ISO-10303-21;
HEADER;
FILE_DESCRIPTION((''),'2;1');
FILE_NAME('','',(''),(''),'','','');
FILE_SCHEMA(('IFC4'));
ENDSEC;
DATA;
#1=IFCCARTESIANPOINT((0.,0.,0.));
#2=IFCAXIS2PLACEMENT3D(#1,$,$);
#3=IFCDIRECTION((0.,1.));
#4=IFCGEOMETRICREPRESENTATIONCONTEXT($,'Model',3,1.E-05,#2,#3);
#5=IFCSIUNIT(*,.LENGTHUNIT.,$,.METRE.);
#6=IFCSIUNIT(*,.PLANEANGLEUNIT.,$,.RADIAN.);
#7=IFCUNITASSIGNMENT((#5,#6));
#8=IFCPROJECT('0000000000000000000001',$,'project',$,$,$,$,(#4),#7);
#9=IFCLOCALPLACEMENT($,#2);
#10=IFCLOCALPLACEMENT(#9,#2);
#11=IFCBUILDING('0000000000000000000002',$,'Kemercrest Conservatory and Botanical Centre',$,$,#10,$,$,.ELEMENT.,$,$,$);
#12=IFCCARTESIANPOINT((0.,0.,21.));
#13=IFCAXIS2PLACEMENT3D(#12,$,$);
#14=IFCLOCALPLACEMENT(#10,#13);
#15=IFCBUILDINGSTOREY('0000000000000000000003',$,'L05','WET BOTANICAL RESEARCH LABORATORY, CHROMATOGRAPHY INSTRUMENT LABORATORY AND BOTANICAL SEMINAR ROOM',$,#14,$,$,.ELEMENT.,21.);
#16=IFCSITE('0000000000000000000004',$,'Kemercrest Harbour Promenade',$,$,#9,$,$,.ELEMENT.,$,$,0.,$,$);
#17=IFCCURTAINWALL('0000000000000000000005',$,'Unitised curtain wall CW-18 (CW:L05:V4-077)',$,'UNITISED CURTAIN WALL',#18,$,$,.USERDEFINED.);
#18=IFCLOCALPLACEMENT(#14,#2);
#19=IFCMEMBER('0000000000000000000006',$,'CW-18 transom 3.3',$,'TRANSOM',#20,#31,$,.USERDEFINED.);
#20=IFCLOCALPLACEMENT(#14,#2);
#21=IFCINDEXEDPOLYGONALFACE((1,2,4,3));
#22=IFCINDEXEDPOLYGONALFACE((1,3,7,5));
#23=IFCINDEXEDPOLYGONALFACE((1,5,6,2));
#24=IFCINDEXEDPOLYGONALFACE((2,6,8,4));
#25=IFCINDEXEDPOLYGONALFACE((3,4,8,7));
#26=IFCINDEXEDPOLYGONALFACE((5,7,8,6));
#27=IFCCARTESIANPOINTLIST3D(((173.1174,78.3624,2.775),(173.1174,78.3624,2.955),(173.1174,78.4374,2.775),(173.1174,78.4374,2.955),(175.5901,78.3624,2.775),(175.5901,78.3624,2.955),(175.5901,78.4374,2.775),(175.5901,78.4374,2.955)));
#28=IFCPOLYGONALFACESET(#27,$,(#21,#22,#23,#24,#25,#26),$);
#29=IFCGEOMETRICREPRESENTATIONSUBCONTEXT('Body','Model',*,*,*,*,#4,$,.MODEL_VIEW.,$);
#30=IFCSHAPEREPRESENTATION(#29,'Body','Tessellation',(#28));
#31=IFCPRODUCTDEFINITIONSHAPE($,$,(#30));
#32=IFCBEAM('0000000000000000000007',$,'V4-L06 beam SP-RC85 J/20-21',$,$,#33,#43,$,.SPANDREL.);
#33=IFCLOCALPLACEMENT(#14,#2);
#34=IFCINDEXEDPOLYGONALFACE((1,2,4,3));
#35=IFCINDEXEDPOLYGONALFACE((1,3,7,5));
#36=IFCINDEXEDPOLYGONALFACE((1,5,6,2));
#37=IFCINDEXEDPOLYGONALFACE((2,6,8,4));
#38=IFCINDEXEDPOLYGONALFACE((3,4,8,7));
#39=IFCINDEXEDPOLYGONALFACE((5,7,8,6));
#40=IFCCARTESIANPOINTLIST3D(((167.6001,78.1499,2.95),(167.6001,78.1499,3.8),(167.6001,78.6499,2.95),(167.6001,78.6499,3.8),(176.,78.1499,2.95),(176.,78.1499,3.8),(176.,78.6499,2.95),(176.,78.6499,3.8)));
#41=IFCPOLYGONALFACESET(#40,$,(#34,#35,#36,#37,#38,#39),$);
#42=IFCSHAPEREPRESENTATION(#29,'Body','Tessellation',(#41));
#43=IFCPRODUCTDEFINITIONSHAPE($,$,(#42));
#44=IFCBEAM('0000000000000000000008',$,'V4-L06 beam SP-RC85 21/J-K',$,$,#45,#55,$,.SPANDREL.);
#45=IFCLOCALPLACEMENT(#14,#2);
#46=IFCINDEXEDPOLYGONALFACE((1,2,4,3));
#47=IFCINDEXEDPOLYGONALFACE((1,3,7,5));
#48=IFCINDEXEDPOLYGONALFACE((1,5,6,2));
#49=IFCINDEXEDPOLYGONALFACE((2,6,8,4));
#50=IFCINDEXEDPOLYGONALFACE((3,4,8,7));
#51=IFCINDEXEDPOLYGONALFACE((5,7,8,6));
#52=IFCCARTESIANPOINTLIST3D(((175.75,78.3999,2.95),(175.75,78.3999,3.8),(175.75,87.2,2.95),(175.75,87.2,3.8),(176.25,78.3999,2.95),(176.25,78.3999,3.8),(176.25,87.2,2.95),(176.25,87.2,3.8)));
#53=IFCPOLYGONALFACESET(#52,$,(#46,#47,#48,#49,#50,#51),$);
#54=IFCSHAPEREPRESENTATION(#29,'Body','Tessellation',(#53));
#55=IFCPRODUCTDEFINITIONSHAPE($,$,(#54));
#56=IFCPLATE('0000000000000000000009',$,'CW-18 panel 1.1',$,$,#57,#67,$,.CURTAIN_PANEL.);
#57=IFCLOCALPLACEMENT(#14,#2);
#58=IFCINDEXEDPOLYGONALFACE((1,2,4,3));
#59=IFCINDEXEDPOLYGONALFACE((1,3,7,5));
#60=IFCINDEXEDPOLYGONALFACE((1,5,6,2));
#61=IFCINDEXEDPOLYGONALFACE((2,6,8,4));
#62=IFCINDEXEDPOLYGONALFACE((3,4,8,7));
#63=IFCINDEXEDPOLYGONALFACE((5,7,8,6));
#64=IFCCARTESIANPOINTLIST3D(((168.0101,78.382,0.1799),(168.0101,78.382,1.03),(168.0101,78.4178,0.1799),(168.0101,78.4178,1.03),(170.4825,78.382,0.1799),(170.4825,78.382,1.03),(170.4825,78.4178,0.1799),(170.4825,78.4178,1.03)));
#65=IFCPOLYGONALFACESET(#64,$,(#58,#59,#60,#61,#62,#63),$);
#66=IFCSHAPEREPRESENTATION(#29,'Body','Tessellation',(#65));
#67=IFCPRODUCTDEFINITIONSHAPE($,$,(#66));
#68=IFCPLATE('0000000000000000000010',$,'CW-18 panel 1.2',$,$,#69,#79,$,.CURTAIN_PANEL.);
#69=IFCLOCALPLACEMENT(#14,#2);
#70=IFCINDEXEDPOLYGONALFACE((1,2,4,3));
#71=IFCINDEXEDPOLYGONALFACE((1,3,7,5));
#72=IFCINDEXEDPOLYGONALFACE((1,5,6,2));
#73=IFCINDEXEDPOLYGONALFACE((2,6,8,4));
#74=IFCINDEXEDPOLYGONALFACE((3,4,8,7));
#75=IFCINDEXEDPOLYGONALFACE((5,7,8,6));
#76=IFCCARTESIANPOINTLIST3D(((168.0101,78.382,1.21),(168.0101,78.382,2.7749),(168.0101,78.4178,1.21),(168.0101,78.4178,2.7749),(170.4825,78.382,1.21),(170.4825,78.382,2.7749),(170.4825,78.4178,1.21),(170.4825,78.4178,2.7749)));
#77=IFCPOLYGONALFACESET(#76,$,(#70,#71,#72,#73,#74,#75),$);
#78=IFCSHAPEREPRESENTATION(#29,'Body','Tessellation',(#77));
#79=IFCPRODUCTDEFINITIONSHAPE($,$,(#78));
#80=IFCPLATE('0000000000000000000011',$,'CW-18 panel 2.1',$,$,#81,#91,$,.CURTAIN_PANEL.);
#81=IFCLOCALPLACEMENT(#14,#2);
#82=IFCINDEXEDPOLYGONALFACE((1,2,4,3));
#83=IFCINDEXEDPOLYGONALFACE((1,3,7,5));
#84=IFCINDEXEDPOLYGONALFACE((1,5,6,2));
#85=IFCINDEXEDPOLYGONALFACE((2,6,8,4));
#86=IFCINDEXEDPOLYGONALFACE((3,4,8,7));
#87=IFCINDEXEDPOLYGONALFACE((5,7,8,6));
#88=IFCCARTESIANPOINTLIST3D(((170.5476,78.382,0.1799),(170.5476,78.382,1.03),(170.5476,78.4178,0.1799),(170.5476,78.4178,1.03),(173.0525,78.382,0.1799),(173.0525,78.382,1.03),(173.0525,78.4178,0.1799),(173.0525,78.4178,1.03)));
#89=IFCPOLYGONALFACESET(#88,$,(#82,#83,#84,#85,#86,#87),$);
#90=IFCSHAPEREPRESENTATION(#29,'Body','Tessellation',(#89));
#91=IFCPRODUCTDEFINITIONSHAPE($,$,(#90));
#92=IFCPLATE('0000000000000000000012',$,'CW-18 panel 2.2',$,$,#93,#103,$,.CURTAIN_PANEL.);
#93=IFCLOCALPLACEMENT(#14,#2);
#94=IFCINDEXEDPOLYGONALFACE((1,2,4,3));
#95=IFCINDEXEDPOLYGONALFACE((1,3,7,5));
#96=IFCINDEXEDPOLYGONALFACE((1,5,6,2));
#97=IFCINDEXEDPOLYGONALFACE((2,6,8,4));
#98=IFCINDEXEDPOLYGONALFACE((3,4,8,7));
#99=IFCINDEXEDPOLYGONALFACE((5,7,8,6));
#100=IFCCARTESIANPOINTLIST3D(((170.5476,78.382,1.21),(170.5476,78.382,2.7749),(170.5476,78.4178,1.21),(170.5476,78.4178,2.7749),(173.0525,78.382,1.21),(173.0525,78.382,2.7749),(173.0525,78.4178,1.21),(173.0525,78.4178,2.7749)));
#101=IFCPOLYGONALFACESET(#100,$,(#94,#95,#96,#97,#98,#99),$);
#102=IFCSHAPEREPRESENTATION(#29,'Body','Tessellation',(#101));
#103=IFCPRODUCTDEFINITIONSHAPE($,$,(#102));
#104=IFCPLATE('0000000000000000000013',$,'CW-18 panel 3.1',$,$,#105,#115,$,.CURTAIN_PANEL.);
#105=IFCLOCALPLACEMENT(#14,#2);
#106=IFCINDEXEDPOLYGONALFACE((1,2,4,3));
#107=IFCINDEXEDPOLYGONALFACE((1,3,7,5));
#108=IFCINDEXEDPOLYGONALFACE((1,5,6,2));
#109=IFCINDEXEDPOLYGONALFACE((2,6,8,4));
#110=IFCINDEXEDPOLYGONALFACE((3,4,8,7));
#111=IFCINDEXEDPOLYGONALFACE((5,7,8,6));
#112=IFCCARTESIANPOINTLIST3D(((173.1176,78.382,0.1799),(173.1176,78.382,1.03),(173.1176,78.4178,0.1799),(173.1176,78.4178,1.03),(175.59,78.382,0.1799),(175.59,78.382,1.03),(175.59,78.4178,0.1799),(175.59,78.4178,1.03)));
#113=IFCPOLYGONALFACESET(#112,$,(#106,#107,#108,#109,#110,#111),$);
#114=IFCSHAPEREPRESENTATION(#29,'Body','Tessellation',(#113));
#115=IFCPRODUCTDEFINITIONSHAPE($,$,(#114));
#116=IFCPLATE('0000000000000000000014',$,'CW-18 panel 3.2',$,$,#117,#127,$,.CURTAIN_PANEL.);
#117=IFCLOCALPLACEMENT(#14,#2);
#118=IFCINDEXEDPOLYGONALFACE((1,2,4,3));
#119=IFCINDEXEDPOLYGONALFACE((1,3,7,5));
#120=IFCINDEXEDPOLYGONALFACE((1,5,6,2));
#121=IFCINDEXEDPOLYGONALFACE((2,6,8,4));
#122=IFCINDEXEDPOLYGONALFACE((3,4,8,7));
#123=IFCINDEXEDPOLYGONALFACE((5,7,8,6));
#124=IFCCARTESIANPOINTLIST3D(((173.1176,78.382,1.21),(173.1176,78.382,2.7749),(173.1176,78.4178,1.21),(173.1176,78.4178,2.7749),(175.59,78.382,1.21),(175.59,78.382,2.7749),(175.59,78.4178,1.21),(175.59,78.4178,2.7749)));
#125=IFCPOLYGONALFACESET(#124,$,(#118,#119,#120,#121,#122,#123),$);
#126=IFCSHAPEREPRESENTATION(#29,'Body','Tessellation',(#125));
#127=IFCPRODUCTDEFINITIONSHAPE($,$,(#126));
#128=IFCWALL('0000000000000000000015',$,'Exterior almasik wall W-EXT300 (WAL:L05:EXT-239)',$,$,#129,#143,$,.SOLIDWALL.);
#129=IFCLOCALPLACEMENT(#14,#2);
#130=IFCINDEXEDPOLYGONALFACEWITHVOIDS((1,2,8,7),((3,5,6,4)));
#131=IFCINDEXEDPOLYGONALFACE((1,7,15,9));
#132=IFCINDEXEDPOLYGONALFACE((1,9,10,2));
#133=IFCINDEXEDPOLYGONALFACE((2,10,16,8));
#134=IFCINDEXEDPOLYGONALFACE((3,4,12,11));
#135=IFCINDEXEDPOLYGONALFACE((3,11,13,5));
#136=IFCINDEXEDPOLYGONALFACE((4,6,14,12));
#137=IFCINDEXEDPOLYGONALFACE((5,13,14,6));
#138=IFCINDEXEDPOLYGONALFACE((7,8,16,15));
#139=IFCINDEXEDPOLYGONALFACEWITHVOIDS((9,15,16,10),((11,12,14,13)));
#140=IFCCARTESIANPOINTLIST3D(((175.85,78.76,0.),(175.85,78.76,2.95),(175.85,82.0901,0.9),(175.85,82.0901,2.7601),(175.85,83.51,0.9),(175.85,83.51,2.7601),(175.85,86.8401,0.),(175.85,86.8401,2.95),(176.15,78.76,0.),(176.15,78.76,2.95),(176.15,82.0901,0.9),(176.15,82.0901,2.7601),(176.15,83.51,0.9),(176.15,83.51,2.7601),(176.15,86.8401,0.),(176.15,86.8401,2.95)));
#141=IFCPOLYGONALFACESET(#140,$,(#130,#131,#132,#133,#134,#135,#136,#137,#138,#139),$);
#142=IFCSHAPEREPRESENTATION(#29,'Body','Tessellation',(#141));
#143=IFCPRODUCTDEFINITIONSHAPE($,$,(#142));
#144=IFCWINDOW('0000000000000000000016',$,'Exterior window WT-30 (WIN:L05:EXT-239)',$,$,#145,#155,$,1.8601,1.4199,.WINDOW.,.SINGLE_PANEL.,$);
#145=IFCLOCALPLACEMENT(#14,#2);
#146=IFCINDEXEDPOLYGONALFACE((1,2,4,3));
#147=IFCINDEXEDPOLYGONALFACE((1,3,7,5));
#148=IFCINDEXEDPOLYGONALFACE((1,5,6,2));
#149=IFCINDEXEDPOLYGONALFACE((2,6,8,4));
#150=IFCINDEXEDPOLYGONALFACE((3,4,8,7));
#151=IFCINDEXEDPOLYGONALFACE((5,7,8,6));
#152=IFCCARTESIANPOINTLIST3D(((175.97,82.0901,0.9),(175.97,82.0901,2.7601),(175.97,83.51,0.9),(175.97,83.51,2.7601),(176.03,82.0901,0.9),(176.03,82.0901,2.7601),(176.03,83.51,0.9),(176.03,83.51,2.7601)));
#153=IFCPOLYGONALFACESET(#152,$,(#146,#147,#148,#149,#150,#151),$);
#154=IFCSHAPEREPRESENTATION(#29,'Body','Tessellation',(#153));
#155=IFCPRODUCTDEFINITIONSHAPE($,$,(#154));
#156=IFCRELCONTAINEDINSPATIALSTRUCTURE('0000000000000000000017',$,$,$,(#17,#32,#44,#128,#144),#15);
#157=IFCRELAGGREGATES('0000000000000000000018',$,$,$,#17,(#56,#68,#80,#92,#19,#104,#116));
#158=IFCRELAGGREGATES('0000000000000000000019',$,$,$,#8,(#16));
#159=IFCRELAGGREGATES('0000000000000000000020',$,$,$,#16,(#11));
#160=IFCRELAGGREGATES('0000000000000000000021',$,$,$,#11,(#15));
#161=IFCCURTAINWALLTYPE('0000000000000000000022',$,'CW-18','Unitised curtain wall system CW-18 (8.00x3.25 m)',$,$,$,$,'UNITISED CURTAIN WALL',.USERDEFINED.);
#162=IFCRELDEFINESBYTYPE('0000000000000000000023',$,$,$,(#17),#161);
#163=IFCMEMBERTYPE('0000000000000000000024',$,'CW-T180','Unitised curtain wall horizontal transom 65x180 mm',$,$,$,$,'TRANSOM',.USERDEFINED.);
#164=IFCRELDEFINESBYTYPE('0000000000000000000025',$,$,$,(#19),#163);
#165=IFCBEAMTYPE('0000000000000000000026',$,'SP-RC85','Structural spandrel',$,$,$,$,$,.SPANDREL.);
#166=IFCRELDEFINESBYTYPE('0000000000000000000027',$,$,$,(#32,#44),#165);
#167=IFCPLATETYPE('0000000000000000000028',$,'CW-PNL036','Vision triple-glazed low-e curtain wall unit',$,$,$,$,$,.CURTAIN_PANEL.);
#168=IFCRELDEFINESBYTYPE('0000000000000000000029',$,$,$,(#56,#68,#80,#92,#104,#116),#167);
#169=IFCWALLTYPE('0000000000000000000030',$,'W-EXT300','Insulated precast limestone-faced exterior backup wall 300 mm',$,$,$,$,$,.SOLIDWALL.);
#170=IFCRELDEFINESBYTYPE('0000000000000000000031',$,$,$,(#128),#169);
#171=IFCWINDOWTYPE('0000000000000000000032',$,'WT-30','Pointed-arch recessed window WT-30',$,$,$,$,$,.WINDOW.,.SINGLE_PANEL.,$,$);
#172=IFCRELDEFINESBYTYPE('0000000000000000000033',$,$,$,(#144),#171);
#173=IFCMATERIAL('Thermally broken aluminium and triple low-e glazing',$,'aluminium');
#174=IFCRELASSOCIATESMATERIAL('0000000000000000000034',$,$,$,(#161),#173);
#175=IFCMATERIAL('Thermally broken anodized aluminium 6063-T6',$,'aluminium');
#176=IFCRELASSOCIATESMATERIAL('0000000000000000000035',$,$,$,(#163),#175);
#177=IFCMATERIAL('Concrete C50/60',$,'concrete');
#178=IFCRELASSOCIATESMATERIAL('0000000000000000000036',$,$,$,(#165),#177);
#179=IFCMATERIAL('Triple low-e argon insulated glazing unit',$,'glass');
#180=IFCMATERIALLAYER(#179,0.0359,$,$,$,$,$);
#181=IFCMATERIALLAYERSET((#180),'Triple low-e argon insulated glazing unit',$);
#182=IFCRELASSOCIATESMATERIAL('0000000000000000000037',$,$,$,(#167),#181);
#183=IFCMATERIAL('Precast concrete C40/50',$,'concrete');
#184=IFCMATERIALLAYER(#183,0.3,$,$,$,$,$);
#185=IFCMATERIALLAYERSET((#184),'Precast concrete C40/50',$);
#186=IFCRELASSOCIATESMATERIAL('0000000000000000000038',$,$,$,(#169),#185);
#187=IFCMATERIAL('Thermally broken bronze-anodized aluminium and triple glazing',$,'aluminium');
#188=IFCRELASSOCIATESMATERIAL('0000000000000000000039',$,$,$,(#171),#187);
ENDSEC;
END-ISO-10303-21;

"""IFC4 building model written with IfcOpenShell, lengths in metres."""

from ifc_helpers import new_model, si_unit, direction, frame, frame_2d, origin, origin_2d, place, context, subcontext, project, spatial, rectangle, extrude, material, layer, layer_set, material_profile, profile_set, type_object, element, fill, aggregate, save


model = new_model("IFC4")

# Units and contexts
model_context = context("Model", 3, precision=1e-05, world=origin(), true_north=direction((0.0, 1.0)))
body_context = subcontext(model_context, "Body", "Model", "MODEL_VIEW")
ifc_project = project(units=[si_unit("LENGTHUNIT", "METRE"), si_unit("PLANEANGLEUNIT", "RADIAN")], contexts=[model_context])

# Site, building, storey
site_placement = place(None, origin())
site = spatial("IfcSite", under=ifc_project, at=site_placement, Name="Kemercrest Harbour Promenade", CompositionType="ELEMENT", RefElevation=0.0)
building_placement = place(site_placement, origin())
building = spatial("IfcBuilding", under=site, at=building_placement, Name="Kemercrest Conservatory and Botanical Centre", CompositionType="ELEMENT")
storey_placement = place(building_placement, frame((0.0, 0.0, 21.0)))
storey = spatial("IfcBuildingStorey", under=building, at=storey_placement, Name="L05", Description="WET BOTANICAL RESEARCH LABORATORY, CHROMATOGRAPHY INSTRUMENT LABORATORY AND BOTANICAL SEMINAR ROOM", CompositionType="ELEMENT", Elevation=21.0)

# Shared definitions
ifc_material_1 = material(Name="Concrete C50/60", Category="concrete")

# Curtain wall, member
ifc_material_2 = material(Name="Thermally broken aluminium and triple low-e glazing", Category="aluminium")
curtain_wall_type = type_object("IfcCurtainWallType", Name="CW-18", Description="Unitised curtain wall system CW-18 (8.00x3.25 m)", ElementType="UNITISED CURTAIN WALL", PredefinedType="USERDEFINED", material=ifc_material_2)
curtain_wall_placement = place(storey_placement, origin())
curtain_wall = element("IfcCurtainWall", 1, at=curtain_wall_placement, inside=storey, type_object=curtain_wall_type, Name="Unitised curtain wall CW-18 (CW:L05:V4-077)", ObjectType="UNITISED CURTAIN WALL", PredefinedType="USERDEFINED")
ifc_material_3 = material(Name="Thermally broken anodized aluminium 6063-T6", Category="aluminium")
ifc_material_profile_1 = material_profile(ifc_material_3, rectangle(XDim=0.075, YDim=0.1799, at=origin_2d()), Name="AL TRANSOM 75x180")
ifc_profile_set_1 = profile_set([ifc_material_profile_1], Name="Thermally broken anodized aluminium 6063-T6")
member_type_1 = type_object("IfcMemberType", Name="CW-T180", Description="Unitised curtain wall horizontal transom 65x180 mm", ElementType="TRANSOM", PredefinedType="USERDEFINED", material=ifc_profile_set_1)
member_1_placement = place(storey_placement, frame((173.1174, 78.3999, 2.865), z_axis=(1.0, 0.0, 0.0), x_axis=(0.0, 1.0, 0.0)))
member_1 = element("IfcMember", 2, at=member_1_placement, type_object=member_type_1, Name="CW-18 transom 3.3", ObjectType="TRANSOM", PredefinedType="USERDEFINED", context=body_context, shape_type="SweptSolid", body=[
    extrude(rectangle(XDim=0.075, YDim=0.1799, at=origin_2d()), origin(), (0.0, 0.0, 1.0), 2.4727),
])

# Beams
ifc_material_profile_2 = material_profile(ifc_material_1, rectangle(XDim=0.5, YDim=0.8501, at=origin_2d()), Name="RC 500x850")
ifc_profile_set_2 = profile_set([ifc_material_profile_2], Name="Concrete C50/60")
beam_type_1 = type_object("IfcBeamType", Name="SP-RC85", Description="Structural spandrel", PredefinedType="SPANDREL", material=ifc_profile_set_2)
beam_1_placement = place(storey_placement, frame((167.6001, 78.3999, 3.375), z_axis=(1.0, 0.0, 0.0), x_axis=(0.0, 1.0, 0.0)))
element("IfcBeam", 3, at=beam_1_placement, inside=storey, type_object=beam_type_1, Name="V4-L06 beam SP-RC85 J/20-21", PredefinedType="SPANDREL", context=body_context, shape_type="SweptSolid", body=[
    extrude(rectangle(XDim=0.5, YDim=0.8501, at=origin_2d()), origin(), (0.0, 0.0, 1.0), 8.3999),
])
beam_2_placement = place(storey_placement, frame((176.0, 78.3999, 3.375), z_axis=(0.0, 1.0, 0.0), x_axis=(-1.0, 0.0, 0.0)))
element("IfcBeam", 4, at=beam_2_placement, inside=storey, type_object=beam_type_1, Name="V4-L06 beam SP-RC85 21/J-K", PredefinedType="SPANDREL", context=body_context, shape_type="SweptSolid", body=[
    extrude(rectangle(XDim=0.5, YDim=0.8501, at=origin_2d()), origin(), (0.0, 0.0, 1.0), 8.8),
])

# Plates
ifc_material_4 = material(Name="Triple low-e argon insulated glazing unit", Category="glass")
ifc_layer_1 = layer(ifc_material_4, 0.0359)
ifc_layer_set_1 = layer_set([ifc_layer_1], Name="Triple low-e argon insulated glazing unit")
plate_type = type_object("IfcPlateType", Name="CW-PNL036", Description="Vision triple-glazed low-e curtain wall unit", PredefinedType="CURTAIN_PANEL", material=ifc_layer_set_1)
plate_1_placement = place(storey_placement, frame((169.2463, 78.3999, 0.1799), z_axis=(0.0, 0.0, 1.0), x_axis=(1.0, 0.0, 0.0)))
plate_1 = element("IfcPlate", 5, at=plate_1_placement, type_object=plate_type, Name="CW-18 panel 1.1", PredefinedType="CURTAIN_PANEL", context=body_context, shape_type="SweptSolid", body=[
    extrude(rectangle(XDim=2.4724, YDim=0.0359, at=origin_2d()), origin(), (0.0, 0.0, 1.0), 0.8501),
])
plate_2_placement = place(storey_placement, frame((169.2463, 78.3999, 1.21), z_axis=(0.0, 0.0, 1.0), x_axis=(1.0, 0.0, 0.0)))
plate_2 = element("IfcPlate", 6, at=plate_2_placement, type_object=plate_type, Name="CW-18 panel 1.2", PredefinedType="CURTAIN_PANEL", context=body_context, shape_type="SweptSolid", body=[
    extrude(rectangle(XDim=2.4724, YDim=0.0359, at=origin_2d()), origin(), (0.0, 0.0, 1.0), 1.5649),
])
plate_3_placement = place(storey_placement, frame((171.8, 78.3999, 0.1799), z_axis=(0.0, 0.0, 1.0), x_axis=(1.0, 0.0, 0.0)))
plate_3 = element("IfcPlate", 7, at=plate_3_placement, type_object=plate_type, Name="CW-18 panel 2.1", PredefinedType="CURTAIN_PANEL", context=body_context, shape_type="SweptSolid", body=[
    extrude(rectangle(XDim=2.5049, YDim=0.0359, at=origin_2d()), origin(), (0.0, 0.0, 1.0), 0.8501),
])
plate_4_placement = place(storey_placement, frame((171.8, 78.3999, 1.21), z_axis=(0.0, 0.0, 1.0), x_axis=(1.0, 0.0, 0.0)))
plate_4 = element("IfcPlate", 8, at=plate_4_placement, type_object=plate_type, Name="CW-18 panel 2.2", PredefinedType="CURTAIN_PANEL", context=body_context, shape_type="SweptSolid", body=[
    extrude(rectangle(XDim=2.5049, YDim=0.0359, at=origin_2d()), origin(), (0.0, 0.0, 1.0), 1.5649),
])
plate_5_placement = place(storey_placement, frame((174.3538, 78.3999, 0.1799), z_axis=(0.0, 0.0, 1.0), x_axis=(1.0, 0.0, 0.0)))
plate_5 = element("IfcPlate", 9, at=plate_5_placement, type_object=plate_type, Name="CW-18 panel 3.1", PredefinedType="CURTAIN_PANEL", context=body_context, shape_type="SweptSolid", body=[
    extrude(rectangle(XDim=2.4724, YDim=0.0359, at=origin_2d()), origin(), (0.0, 0.0, 1.0), 0.8501),
])
plate_6_placement = place(storey_placement, frame((174.3538, 78.3999, 1.21), z_axis=(0.0, 0.0, 1.0), x_axis=(1.0, 0.0, 0.0)))
plate_6 = element("IfcPlate", 10, at=plate_6_placement, type_object=plate_type, Name="CW-18 panel 3.2", PredefinedType="CURTAIN_PANEL", context=body_context, shape_type="SweptSolid", body=[
    extrude(rectangle(XDim=2.4724, YDim=0.0359, at=origin_2d()), origin(), (0.0, 0.0, 1.0), 1.5649),
])
aggregate(curtain_wall, [plate_1, plate_2, plate_3, plate_4, member_1, plate_5, plate_6])

# Wall, opening, window
ifc_material_5 = material(Name="Precast concrete C40/50", Category="concrete")
ifc_layer_2 = layer(ifc_material_5, 0.3)
ifc_layer_set_2 = layer_set([ifc_layer_2], Name="Precast concrete C40/50")
wall_type = type_object("IfcWallType", Name="W-EXT300", Description="Insulated precast limestone-faced exterior backup wall 300 mm", PredefinedType="SOLIDWALL", material=ifc_layer_set_2)
wall_placement = place(storey_placement, frame((176.0, 78.76, 0.0), z_axis=(0.0, 0.0, 1.0), x_axis=(0.0, 1.0, 0.0)))
wall = element("IfcWall", 11, at=wall_placement, inside=storey, type_object=wall_type, Name="Exterior almasik wall W-EXT300 (WAL:L05:EXT-239)", PredefinedType="SOLIDWALL", context=body_context, shape_type="SweptSolid", body=[
    extrude(rectangle(XDim=8.0801, YDim=0.3, at=frame_2d((4.04, 0.0))), origin(), (0.0, 0.0, 1.0), 2.95),
])
opening_placement = place(wall_placement, frame((3.3301, 0.0, 0.8999)))
opening = element("IfcOpeningElement", 12, at=opening_placement, cuts=wall, PredefinedType="OPENING", context=body_context, shape_type="SweptSolid", body=[
    extrude(rectangle(XDim=1.4199, YDim=1.8601, at=frame_2d((0.71, 0.9302))), frame((0.0, 0.1602, 0.0), z_axis=(0.0, -1.0, 0.0), x_axis=(1.0, 0.0, 0.0)), (0.0, 0.0, 1.0), 0.3201),
])
ifc_material_6 = material(Name="Thermally broken bronze-anodized aluminium and triple glazing", Category="aluminium")
window_type = type_object("IfcWindowType", Name="WT-30", Description="Pointed-arch recessed window WT-30", PartitioningType="SINGLE_PANEL", PredefinedType="WINDOW", material=ifc_material_6)
window_placement = place(opening_placement, origin())
window = element("IfcWindow", 13, at=window_placement, inside=storey, type_object=window_type, Name="Exterior window WT-30 (WIN:L05:EXT-239)", OverallHeight=1.8601, OverallWidth=1.4199, PartitioningType="SINGLE_PANEL", PredefinedType="WINDOW", context=body_context, shape_type="SweptSolid", body=[
    extrude(rectangle(XDim=1.4199, YDim=1.8601, at=frame_2d((0.71, 0.9302))), frame((0.0, 0.03, 0.0), z_axis=(0.0, -1.0, 0.0), x_axis=(1.0, 0.0, 0.0)), (0.0, 0.0, 1.0), 0.0601),
])
fill(opening, window)

save(model, "model.ifc")
